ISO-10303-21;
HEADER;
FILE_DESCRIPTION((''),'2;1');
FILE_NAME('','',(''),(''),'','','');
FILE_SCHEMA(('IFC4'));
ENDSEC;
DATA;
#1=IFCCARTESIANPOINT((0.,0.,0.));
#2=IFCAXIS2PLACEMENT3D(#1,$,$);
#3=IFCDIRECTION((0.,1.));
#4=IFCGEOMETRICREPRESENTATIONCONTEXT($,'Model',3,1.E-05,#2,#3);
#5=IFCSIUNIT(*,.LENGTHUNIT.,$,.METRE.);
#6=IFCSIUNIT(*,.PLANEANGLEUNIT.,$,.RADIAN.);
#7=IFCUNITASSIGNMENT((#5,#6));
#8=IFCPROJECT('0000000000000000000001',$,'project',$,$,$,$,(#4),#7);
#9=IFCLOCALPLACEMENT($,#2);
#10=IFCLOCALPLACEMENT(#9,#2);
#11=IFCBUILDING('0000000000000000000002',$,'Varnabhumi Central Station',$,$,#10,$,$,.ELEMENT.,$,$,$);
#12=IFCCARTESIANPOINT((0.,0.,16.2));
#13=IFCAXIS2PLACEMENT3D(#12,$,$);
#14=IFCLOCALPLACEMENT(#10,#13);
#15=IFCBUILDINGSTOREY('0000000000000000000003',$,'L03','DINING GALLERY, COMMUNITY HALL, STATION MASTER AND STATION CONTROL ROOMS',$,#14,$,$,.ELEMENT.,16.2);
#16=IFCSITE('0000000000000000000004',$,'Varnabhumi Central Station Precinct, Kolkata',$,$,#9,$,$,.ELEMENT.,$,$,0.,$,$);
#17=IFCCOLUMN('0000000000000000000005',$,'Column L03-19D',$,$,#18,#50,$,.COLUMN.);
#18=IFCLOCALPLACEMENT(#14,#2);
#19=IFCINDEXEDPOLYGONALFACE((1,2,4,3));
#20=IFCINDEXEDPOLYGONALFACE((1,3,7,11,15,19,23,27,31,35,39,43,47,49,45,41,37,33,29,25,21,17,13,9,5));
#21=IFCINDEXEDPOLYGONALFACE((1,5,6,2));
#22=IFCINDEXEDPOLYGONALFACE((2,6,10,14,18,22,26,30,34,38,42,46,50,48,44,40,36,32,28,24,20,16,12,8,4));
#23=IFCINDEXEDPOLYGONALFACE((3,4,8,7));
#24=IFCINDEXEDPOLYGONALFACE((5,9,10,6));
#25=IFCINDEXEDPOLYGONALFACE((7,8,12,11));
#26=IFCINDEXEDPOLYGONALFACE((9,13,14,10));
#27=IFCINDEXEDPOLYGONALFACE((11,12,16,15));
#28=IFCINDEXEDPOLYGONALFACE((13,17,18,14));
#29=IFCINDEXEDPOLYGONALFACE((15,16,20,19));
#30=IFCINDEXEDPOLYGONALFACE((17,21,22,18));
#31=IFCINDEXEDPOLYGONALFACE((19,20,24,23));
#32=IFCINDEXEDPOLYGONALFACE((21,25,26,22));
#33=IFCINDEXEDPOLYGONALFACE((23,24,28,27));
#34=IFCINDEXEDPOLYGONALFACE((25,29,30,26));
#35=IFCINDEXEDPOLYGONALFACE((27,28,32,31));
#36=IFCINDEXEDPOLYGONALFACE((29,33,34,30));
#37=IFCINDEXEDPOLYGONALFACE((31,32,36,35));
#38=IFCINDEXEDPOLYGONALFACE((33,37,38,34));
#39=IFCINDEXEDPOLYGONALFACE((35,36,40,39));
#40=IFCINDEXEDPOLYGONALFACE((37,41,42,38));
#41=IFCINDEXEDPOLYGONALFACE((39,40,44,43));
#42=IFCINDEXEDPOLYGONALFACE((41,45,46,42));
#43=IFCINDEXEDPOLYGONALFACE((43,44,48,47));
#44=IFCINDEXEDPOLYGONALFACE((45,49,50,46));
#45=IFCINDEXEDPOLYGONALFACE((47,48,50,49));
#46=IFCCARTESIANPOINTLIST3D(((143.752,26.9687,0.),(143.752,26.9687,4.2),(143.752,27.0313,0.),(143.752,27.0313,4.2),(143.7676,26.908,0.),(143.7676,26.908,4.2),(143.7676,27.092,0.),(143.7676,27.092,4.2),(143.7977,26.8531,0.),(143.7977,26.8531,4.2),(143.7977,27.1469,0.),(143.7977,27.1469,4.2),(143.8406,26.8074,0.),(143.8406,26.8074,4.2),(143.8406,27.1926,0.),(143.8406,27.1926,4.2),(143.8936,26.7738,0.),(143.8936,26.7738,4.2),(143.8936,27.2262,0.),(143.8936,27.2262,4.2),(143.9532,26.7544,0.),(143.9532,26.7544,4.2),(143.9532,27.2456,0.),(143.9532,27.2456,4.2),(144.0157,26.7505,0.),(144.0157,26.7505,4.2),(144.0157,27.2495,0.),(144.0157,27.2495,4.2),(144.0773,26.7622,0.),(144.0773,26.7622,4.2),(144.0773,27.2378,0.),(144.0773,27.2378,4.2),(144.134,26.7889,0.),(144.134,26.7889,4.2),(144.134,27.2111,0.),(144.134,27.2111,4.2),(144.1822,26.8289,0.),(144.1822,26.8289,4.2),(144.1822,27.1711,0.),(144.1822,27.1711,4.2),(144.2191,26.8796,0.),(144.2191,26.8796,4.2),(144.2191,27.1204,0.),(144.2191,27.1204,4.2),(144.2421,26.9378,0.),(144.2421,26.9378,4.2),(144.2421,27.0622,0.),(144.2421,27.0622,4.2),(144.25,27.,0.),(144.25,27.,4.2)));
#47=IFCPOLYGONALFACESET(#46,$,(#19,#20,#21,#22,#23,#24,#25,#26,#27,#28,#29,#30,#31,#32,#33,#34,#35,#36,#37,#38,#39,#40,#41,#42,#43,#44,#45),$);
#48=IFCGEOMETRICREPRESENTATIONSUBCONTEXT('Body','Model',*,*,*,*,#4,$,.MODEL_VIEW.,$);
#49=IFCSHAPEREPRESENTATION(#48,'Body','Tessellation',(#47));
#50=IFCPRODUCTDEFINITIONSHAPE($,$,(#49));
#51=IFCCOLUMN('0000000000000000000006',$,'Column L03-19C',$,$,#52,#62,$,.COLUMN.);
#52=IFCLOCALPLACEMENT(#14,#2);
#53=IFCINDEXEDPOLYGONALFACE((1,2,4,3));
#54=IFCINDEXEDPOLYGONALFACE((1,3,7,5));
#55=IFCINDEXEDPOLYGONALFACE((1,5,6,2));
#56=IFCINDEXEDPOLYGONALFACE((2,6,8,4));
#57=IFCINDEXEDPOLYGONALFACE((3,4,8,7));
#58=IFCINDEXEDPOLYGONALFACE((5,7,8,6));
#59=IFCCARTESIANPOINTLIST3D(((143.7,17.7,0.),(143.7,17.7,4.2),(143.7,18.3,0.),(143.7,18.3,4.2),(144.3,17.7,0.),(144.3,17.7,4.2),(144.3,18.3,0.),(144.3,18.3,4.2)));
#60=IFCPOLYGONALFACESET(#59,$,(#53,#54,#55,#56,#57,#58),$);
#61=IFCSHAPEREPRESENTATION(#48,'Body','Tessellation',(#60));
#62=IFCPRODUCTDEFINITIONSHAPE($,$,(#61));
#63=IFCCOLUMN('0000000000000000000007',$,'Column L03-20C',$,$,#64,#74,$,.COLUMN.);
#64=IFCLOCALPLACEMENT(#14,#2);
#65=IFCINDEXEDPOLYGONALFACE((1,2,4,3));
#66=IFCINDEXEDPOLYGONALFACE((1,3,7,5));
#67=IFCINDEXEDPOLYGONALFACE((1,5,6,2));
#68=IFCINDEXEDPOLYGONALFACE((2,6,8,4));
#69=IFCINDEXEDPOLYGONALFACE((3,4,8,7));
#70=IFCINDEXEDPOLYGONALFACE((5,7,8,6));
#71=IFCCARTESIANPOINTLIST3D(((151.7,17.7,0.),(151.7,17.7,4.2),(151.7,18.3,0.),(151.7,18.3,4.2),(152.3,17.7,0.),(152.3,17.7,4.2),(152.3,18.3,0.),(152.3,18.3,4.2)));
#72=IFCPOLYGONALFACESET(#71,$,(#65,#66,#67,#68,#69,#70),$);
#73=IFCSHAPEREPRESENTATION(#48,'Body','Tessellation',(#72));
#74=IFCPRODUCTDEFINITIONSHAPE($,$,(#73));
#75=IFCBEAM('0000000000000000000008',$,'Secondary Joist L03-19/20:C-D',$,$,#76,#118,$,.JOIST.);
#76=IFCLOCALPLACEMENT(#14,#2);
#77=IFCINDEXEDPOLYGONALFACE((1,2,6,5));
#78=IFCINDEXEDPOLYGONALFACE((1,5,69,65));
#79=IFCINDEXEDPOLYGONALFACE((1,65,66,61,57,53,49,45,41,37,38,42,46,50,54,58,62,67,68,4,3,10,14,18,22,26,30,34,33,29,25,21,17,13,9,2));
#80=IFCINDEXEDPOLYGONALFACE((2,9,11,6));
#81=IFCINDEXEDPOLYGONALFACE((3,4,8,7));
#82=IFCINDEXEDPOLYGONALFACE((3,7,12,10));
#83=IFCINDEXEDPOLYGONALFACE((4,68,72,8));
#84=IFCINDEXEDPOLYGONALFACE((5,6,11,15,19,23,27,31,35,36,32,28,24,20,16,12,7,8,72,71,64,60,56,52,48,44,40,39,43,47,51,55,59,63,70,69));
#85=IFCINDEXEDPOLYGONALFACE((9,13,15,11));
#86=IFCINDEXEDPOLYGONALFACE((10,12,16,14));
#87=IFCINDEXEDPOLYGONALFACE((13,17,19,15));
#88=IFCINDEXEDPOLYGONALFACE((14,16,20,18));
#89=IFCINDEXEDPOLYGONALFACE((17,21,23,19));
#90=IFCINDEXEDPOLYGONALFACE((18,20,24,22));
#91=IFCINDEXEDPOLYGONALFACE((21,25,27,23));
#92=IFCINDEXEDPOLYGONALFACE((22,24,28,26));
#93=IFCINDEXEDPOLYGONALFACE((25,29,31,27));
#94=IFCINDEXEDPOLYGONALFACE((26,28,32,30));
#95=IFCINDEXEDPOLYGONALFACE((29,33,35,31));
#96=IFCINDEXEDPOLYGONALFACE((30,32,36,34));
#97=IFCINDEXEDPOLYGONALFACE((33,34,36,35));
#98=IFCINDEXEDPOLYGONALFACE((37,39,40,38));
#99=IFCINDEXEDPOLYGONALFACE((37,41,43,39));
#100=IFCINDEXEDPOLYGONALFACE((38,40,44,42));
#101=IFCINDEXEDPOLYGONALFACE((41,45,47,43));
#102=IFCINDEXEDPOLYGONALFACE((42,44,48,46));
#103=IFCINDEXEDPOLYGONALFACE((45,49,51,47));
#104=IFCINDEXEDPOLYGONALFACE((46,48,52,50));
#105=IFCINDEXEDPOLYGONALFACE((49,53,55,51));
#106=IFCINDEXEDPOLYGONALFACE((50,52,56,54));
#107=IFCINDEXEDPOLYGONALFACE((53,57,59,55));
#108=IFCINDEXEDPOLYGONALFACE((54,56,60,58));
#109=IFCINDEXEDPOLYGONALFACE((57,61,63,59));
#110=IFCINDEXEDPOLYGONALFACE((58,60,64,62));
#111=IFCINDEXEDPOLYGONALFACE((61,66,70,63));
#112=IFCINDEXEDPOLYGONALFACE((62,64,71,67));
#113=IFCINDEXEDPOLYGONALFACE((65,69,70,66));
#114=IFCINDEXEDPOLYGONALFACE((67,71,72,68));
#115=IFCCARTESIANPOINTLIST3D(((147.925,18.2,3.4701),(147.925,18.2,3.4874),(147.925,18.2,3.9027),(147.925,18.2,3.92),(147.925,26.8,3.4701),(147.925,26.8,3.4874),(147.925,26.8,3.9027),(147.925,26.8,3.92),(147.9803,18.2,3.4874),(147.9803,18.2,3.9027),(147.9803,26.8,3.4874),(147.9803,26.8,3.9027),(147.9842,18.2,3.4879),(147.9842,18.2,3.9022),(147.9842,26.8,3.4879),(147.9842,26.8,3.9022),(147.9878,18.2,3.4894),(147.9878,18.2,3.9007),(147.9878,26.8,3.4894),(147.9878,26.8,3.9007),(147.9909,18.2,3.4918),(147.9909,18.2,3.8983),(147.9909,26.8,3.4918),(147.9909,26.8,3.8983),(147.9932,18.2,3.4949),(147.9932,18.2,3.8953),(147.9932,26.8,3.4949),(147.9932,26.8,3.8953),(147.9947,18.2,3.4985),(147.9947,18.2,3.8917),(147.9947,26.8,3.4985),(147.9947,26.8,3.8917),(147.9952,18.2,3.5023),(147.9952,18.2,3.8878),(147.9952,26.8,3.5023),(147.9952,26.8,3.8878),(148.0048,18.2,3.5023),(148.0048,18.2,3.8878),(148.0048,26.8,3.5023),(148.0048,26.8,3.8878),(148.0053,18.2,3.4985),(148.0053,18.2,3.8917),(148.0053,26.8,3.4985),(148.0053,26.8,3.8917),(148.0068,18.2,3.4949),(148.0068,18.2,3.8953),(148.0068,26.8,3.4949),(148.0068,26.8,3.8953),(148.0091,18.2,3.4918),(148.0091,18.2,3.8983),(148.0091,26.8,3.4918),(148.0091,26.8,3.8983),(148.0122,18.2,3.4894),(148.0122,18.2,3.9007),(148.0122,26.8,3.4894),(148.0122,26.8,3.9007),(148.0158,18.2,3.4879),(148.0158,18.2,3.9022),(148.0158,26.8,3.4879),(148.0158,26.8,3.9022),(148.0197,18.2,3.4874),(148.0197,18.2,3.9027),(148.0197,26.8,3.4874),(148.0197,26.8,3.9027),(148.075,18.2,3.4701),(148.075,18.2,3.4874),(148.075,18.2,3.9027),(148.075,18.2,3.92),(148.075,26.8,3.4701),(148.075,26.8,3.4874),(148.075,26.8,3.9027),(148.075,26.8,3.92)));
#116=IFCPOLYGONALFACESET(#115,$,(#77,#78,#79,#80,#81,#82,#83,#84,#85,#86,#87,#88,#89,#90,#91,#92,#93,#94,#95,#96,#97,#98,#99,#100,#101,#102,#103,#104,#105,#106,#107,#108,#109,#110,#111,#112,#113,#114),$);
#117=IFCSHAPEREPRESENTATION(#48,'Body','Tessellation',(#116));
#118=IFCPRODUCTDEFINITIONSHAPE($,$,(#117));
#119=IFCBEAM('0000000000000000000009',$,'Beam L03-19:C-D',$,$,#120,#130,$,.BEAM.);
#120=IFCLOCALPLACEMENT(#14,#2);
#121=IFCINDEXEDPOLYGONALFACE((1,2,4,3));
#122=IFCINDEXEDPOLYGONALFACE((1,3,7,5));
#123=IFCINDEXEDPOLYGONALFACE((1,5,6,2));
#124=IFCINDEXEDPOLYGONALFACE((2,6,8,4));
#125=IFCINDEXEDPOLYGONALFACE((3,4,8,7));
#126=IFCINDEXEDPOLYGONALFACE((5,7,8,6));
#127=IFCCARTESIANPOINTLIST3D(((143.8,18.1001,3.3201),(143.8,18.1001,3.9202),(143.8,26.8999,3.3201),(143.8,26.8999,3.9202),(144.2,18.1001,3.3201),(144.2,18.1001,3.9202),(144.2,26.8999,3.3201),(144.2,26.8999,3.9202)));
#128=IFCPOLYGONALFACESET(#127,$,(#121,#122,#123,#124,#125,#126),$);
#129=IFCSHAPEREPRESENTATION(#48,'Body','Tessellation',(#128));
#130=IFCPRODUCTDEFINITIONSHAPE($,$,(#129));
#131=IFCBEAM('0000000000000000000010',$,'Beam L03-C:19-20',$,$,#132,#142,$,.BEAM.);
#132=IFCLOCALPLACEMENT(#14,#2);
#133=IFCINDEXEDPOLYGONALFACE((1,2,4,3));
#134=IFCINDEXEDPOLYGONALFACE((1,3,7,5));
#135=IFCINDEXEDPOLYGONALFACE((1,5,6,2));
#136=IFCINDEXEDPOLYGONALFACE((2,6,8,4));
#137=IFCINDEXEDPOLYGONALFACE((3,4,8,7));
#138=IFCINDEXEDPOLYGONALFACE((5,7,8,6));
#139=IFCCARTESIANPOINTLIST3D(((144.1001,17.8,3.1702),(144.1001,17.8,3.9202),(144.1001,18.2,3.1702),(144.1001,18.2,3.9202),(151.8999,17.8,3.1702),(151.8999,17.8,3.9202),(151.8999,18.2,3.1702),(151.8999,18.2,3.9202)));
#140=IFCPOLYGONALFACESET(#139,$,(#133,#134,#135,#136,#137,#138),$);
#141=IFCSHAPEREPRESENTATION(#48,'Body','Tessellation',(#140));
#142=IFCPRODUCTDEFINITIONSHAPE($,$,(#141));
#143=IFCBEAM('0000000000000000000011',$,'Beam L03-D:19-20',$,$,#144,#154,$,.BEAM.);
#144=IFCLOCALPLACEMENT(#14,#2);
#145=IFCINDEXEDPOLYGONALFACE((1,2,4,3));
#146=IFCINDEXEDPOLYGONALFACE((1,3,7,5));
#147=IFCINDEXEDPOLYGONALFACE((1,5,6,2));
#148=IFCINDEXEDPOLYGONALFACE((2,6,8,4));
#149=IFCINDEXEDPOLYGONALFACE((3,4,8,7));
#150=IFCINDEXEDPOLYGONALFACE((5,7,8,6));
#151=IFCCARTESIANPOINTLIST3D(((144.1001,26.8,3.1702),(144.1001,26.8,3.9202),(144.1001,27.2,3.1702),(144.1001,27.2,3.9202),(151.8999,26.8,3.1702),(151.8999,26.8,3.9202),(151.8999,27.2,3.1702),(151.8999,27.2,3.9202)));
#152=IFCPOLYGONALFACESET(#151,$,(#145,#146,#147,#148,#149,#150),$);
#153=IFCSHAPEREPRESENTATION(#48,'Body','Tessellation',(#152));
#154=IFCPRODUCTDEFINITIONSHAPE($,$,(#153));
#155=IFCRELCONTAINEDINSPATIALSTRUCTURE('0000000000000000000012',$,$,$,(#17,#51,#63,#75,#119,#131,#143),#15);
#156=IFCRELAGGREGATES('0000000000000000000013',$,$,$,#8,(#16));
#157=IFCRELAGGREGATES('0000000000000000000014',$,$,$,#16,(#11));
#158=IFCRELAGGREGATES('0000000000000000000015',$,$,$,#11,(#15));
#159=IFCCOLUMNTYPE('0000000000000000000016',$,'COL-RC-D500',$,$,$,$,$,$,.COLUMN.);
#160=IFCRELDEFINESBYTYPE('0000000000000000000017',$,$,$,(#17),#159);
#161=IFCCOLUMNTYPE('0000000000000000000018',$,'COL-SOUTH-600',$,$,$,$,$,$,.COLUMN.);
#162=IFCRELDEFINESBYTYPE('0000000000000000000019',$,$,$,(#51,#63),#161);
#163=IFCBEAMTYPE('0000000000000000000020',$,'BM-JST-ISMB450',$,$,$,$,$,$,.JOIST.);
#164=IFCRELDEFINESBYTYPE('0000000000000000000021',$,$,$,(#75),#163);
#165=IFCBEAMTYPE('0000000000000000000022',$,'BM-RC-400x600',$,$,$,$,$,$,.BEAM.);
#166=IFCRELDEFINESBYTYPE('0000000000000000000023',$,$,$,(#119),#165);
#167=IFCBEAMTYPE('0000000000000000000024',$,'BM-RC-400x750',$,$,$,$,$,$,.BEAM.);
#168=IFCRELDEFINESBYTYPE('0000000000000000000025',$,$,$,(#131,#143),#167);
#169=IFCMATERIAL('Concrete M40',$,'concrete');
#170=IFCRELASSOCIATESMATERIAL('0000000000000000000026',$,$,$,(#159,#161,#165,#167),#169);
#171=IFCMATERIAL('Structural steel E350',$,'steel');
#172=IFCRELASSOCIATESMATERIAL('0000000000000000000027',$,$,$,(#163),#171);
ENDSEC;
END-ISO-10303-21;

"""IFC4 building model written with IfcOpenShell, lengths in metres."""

from ifc_helpers import new_model, si_unit, direction, frame, origin, origin_2d, place, context, subcontext, project, spatial, rectangle, circle, i_section, extrude, material, material_profile, profile_set, type_object, element, save


model = new_model("IFC4")

# Units and contexts
model_context = context("Model", 3, precision=1e-05, world=origin(), true_north=direction((0.0, 1.0)))
body_context = subcontext(model_context, "Body", "Model", "MODEL_VIEW")
ifc_project = project(units=[si_unit("LENGTHUNIT", "METRE"), si_unit("PLANEANGLEUNIT", "RADIAN")], contexts=[model_context])

# Site, building, storey
site_placement = place(None, origin())
site = spatial("IfcSite", under=ifc_project, at=site_placement, Name="Varnabhumi Central Station Precinct, Kolkata", CompositionType="ELEMENT", RefElevation=0.0)
building_placement = place(site_placement, origin())
building = spatial("IfcBuilding", under=site, at=building_placement, Name="Varnabhumi Central Station", CompositionType="ELEMENT")
storey_placement = place(building_placement, frame((0.0, 0.0, 16.2)))
storey = spatial("IfcBuildingStorey", under=building, at=storey_placement, Name="L03", Description="DINING GALLERY, COMMUNITY HALL, STATION MASTER AND STATION CONTROL ROOMS", CompositionType="ELEMENT", Elevation=16.2)

# Columns
ifc_material_1 = material(Name="Concrete M40", Category="concrete")
ifc_material_profile_1 = material_profile(ifc_material_1, circle(Radius=0.25, at=origin_2d()), Name="Concrete M40", Category="concrete")
ifc_profile_set_1 = profile_set([ifc_material_profile_1], Name="Concrete M40")
column_type_1 = type_object("IfcColumnType", Name="COL-RC-D500", PredefinedType="COLUMN", material=ifc_profile_set_1)
column_placement = place(storey_placement, frame((144.0, 27.0, 0.0), z_axis=(0.0, 0.0, 1.0), x_axis=(1.0, 0.0, 0.0)))
element("IfcColumn", 1, at=column_placement, inside=storey, type_object=column_type_1, Name="Column L03-19D", PredefinedType="COLUMN", context=body_context, shape_type="SweptSolid", body=[
    extrude(circle(Radius=0.25, at=origin_2d()), origin(), (0.0, 0.0, 1.0), 4.2),
])
ifc_material_profile_2 = material_profile(ifc_material_1, rectangle(XDim=0.6001, YDim=0.6001, at=origin_2d()), Name="Concrete M40", Category="concrete")
ifc_profile_set_2 = profile_set([ifc_material_profile_2], Name="Concrete M40")
column_type_2 = type_object("IfcColumnType", Name="COL-SOUTH-600", PredefinedType="COLUMN", material=ifc_profile_set_2)
for number, where, z_axis, x_axis, name in (
    (2, (144.0, 18.0, 0.0), (0.0, 0.0, 1.0), (1.0, 0.0, 0.0), "Column L03-19C"),
    (3, (152.0, 18.0, 0.0), (0.0, 0.0, 1.0), (1.0, 0.0, 0.0), "Column L03-20C"),
):
    element("IfcColumn", number, at=place(storey_placement, frame(where, z_axis=z_axis, x_axis=x_axis)), inside=storey, type_object=column_type_2, Name=name, PredefinedType="COLUMN", context=body_context, shape_type="SweptSolid", body=[
        extrude(rectangle(XDim=0.6001, YDim=0.6001, at=origin_2d()), origin(), (0.0, 0.0, 1.0), 4.2),
    ])

# Beams
ifc_material_2 = material(Name="Structural steel E350", Category="steel")
ifc_material_profile_3 = material_profile(ifc_material_2, i_section(OverallWidth=0.1499, OverallDepth=0.45, WebThickness=0.0095, FlangeThickness=0.0173, FilletRadius=0.0149, at=origin_2d()), Name="Structural steel E350", Category="steel")
ifc_profile_set_3 = profile_set([ifc_material_profile_3], Name="Structural steel E350")
beam_type_1 = type_object("IfcBeamType", Name="BM-JST-ISMB450", PredefinedType="JOIST", material=ifc_profile_set_3)
beam_1_placement = place(storey_placement, frame((148.0, 18.2, 3.6951), z_axis=(0.0, 1.0, 0.0), x_axis=(-1.0, 0.0, 0.0)))
element("IfcBeam", 4, at=beam_1_placement, inside=storey, type_object=beam_type_1, Name="Secondary Joist L03-19/20:C-D", PredefinedType="JOIST", context=body_context, shape_type="SweptSolid", body=[
    extrude(i_section(OverallWidth=0.1499, OverallDepth=0.45, WebThickness=0.0095, FlangeThickness=0.0173, FilletRadius=0.0149, at=origin_2d()), origin(), (0.0, 0.0, 1.0), 8.6001),
])
ifc_material_profile_4 = material_profile(ifc_material_1, rectangle(XDim=0.3999, YDim=0.6001, at=origin_2d()), Name="Concrete M40", Category="concrete")
ifc_profile_set_4 = profile_set([ifc_material_profile_4], Name="Concrete M40")
beam_type_2 = type_object("IfcBeamType", Name="BM-RC-400x600", PredefinedType="BEAM", material=ifc_profile_set_4)
beam_2_placement = place(storey_placement, frame((144.0, 18.1001, 3.6201), z_axis=(0.0, 1.0, 0.0), x_axis=(-1.0, 0.0, 0.0)))
element("IfcBeam", 5, at=beam_2_placement, inside=storey, type_object=beam_type_2, Name="Beam L03-19:C-D", PredefinedType="BEAM", context=body_context, shape_type="SweptSolid", body=[
    extrude(rectangle(XDim=0.3999, YDim=0.6001, at=origin_2d()), origin(), (0.0, 0.0, 1.0), 8.7998),
])
ifc_material_profile_5 = material_profile(ifc_material_1, rectangle(XDim=0.3999, YDim=0.75, at=origin_2d()), Name="Concrete M40", Category="concrete")
ifc_profile_set_5 = profile_set([ifc_material_profile_5], Name="Concrete M40")
beam_type_3 = type_object("IfcBeamType", Name="BM-RC-400x750", PredefinedType="BEAM", material=ifc_profile_set_5)
for number, where, z_axis, x_axis, name in (
    (6, (144.1001, 18.0, 3.5452), (1.0, 0.0, 0.0), (0.0, 1.0, 0.0), "Beam L03-C:19-20"),
    (7, (144.1001, 27.0, 3.5452), (1.0, 0.0, 0.0), (0.0, 1.0, 0.0), "Beam L03-D:19-20"),
):
    element("IfcBeam", number, at=place(storey_placement, frame(where, z_axis=z_axis, x_axis=x_axis)), inside=storey, type_object=beam_type_3, Name=name, PredefinedType="BEAM", context=body_context, shape_type="SweptSolid", body=[
        extrude(rectangle(XDim=0.3999, YDim=0.75, at=origin_2d()), origin(), (0.0, 0.0, 1.0), 7.7998),
    ])

save(model, "model.ifc")
